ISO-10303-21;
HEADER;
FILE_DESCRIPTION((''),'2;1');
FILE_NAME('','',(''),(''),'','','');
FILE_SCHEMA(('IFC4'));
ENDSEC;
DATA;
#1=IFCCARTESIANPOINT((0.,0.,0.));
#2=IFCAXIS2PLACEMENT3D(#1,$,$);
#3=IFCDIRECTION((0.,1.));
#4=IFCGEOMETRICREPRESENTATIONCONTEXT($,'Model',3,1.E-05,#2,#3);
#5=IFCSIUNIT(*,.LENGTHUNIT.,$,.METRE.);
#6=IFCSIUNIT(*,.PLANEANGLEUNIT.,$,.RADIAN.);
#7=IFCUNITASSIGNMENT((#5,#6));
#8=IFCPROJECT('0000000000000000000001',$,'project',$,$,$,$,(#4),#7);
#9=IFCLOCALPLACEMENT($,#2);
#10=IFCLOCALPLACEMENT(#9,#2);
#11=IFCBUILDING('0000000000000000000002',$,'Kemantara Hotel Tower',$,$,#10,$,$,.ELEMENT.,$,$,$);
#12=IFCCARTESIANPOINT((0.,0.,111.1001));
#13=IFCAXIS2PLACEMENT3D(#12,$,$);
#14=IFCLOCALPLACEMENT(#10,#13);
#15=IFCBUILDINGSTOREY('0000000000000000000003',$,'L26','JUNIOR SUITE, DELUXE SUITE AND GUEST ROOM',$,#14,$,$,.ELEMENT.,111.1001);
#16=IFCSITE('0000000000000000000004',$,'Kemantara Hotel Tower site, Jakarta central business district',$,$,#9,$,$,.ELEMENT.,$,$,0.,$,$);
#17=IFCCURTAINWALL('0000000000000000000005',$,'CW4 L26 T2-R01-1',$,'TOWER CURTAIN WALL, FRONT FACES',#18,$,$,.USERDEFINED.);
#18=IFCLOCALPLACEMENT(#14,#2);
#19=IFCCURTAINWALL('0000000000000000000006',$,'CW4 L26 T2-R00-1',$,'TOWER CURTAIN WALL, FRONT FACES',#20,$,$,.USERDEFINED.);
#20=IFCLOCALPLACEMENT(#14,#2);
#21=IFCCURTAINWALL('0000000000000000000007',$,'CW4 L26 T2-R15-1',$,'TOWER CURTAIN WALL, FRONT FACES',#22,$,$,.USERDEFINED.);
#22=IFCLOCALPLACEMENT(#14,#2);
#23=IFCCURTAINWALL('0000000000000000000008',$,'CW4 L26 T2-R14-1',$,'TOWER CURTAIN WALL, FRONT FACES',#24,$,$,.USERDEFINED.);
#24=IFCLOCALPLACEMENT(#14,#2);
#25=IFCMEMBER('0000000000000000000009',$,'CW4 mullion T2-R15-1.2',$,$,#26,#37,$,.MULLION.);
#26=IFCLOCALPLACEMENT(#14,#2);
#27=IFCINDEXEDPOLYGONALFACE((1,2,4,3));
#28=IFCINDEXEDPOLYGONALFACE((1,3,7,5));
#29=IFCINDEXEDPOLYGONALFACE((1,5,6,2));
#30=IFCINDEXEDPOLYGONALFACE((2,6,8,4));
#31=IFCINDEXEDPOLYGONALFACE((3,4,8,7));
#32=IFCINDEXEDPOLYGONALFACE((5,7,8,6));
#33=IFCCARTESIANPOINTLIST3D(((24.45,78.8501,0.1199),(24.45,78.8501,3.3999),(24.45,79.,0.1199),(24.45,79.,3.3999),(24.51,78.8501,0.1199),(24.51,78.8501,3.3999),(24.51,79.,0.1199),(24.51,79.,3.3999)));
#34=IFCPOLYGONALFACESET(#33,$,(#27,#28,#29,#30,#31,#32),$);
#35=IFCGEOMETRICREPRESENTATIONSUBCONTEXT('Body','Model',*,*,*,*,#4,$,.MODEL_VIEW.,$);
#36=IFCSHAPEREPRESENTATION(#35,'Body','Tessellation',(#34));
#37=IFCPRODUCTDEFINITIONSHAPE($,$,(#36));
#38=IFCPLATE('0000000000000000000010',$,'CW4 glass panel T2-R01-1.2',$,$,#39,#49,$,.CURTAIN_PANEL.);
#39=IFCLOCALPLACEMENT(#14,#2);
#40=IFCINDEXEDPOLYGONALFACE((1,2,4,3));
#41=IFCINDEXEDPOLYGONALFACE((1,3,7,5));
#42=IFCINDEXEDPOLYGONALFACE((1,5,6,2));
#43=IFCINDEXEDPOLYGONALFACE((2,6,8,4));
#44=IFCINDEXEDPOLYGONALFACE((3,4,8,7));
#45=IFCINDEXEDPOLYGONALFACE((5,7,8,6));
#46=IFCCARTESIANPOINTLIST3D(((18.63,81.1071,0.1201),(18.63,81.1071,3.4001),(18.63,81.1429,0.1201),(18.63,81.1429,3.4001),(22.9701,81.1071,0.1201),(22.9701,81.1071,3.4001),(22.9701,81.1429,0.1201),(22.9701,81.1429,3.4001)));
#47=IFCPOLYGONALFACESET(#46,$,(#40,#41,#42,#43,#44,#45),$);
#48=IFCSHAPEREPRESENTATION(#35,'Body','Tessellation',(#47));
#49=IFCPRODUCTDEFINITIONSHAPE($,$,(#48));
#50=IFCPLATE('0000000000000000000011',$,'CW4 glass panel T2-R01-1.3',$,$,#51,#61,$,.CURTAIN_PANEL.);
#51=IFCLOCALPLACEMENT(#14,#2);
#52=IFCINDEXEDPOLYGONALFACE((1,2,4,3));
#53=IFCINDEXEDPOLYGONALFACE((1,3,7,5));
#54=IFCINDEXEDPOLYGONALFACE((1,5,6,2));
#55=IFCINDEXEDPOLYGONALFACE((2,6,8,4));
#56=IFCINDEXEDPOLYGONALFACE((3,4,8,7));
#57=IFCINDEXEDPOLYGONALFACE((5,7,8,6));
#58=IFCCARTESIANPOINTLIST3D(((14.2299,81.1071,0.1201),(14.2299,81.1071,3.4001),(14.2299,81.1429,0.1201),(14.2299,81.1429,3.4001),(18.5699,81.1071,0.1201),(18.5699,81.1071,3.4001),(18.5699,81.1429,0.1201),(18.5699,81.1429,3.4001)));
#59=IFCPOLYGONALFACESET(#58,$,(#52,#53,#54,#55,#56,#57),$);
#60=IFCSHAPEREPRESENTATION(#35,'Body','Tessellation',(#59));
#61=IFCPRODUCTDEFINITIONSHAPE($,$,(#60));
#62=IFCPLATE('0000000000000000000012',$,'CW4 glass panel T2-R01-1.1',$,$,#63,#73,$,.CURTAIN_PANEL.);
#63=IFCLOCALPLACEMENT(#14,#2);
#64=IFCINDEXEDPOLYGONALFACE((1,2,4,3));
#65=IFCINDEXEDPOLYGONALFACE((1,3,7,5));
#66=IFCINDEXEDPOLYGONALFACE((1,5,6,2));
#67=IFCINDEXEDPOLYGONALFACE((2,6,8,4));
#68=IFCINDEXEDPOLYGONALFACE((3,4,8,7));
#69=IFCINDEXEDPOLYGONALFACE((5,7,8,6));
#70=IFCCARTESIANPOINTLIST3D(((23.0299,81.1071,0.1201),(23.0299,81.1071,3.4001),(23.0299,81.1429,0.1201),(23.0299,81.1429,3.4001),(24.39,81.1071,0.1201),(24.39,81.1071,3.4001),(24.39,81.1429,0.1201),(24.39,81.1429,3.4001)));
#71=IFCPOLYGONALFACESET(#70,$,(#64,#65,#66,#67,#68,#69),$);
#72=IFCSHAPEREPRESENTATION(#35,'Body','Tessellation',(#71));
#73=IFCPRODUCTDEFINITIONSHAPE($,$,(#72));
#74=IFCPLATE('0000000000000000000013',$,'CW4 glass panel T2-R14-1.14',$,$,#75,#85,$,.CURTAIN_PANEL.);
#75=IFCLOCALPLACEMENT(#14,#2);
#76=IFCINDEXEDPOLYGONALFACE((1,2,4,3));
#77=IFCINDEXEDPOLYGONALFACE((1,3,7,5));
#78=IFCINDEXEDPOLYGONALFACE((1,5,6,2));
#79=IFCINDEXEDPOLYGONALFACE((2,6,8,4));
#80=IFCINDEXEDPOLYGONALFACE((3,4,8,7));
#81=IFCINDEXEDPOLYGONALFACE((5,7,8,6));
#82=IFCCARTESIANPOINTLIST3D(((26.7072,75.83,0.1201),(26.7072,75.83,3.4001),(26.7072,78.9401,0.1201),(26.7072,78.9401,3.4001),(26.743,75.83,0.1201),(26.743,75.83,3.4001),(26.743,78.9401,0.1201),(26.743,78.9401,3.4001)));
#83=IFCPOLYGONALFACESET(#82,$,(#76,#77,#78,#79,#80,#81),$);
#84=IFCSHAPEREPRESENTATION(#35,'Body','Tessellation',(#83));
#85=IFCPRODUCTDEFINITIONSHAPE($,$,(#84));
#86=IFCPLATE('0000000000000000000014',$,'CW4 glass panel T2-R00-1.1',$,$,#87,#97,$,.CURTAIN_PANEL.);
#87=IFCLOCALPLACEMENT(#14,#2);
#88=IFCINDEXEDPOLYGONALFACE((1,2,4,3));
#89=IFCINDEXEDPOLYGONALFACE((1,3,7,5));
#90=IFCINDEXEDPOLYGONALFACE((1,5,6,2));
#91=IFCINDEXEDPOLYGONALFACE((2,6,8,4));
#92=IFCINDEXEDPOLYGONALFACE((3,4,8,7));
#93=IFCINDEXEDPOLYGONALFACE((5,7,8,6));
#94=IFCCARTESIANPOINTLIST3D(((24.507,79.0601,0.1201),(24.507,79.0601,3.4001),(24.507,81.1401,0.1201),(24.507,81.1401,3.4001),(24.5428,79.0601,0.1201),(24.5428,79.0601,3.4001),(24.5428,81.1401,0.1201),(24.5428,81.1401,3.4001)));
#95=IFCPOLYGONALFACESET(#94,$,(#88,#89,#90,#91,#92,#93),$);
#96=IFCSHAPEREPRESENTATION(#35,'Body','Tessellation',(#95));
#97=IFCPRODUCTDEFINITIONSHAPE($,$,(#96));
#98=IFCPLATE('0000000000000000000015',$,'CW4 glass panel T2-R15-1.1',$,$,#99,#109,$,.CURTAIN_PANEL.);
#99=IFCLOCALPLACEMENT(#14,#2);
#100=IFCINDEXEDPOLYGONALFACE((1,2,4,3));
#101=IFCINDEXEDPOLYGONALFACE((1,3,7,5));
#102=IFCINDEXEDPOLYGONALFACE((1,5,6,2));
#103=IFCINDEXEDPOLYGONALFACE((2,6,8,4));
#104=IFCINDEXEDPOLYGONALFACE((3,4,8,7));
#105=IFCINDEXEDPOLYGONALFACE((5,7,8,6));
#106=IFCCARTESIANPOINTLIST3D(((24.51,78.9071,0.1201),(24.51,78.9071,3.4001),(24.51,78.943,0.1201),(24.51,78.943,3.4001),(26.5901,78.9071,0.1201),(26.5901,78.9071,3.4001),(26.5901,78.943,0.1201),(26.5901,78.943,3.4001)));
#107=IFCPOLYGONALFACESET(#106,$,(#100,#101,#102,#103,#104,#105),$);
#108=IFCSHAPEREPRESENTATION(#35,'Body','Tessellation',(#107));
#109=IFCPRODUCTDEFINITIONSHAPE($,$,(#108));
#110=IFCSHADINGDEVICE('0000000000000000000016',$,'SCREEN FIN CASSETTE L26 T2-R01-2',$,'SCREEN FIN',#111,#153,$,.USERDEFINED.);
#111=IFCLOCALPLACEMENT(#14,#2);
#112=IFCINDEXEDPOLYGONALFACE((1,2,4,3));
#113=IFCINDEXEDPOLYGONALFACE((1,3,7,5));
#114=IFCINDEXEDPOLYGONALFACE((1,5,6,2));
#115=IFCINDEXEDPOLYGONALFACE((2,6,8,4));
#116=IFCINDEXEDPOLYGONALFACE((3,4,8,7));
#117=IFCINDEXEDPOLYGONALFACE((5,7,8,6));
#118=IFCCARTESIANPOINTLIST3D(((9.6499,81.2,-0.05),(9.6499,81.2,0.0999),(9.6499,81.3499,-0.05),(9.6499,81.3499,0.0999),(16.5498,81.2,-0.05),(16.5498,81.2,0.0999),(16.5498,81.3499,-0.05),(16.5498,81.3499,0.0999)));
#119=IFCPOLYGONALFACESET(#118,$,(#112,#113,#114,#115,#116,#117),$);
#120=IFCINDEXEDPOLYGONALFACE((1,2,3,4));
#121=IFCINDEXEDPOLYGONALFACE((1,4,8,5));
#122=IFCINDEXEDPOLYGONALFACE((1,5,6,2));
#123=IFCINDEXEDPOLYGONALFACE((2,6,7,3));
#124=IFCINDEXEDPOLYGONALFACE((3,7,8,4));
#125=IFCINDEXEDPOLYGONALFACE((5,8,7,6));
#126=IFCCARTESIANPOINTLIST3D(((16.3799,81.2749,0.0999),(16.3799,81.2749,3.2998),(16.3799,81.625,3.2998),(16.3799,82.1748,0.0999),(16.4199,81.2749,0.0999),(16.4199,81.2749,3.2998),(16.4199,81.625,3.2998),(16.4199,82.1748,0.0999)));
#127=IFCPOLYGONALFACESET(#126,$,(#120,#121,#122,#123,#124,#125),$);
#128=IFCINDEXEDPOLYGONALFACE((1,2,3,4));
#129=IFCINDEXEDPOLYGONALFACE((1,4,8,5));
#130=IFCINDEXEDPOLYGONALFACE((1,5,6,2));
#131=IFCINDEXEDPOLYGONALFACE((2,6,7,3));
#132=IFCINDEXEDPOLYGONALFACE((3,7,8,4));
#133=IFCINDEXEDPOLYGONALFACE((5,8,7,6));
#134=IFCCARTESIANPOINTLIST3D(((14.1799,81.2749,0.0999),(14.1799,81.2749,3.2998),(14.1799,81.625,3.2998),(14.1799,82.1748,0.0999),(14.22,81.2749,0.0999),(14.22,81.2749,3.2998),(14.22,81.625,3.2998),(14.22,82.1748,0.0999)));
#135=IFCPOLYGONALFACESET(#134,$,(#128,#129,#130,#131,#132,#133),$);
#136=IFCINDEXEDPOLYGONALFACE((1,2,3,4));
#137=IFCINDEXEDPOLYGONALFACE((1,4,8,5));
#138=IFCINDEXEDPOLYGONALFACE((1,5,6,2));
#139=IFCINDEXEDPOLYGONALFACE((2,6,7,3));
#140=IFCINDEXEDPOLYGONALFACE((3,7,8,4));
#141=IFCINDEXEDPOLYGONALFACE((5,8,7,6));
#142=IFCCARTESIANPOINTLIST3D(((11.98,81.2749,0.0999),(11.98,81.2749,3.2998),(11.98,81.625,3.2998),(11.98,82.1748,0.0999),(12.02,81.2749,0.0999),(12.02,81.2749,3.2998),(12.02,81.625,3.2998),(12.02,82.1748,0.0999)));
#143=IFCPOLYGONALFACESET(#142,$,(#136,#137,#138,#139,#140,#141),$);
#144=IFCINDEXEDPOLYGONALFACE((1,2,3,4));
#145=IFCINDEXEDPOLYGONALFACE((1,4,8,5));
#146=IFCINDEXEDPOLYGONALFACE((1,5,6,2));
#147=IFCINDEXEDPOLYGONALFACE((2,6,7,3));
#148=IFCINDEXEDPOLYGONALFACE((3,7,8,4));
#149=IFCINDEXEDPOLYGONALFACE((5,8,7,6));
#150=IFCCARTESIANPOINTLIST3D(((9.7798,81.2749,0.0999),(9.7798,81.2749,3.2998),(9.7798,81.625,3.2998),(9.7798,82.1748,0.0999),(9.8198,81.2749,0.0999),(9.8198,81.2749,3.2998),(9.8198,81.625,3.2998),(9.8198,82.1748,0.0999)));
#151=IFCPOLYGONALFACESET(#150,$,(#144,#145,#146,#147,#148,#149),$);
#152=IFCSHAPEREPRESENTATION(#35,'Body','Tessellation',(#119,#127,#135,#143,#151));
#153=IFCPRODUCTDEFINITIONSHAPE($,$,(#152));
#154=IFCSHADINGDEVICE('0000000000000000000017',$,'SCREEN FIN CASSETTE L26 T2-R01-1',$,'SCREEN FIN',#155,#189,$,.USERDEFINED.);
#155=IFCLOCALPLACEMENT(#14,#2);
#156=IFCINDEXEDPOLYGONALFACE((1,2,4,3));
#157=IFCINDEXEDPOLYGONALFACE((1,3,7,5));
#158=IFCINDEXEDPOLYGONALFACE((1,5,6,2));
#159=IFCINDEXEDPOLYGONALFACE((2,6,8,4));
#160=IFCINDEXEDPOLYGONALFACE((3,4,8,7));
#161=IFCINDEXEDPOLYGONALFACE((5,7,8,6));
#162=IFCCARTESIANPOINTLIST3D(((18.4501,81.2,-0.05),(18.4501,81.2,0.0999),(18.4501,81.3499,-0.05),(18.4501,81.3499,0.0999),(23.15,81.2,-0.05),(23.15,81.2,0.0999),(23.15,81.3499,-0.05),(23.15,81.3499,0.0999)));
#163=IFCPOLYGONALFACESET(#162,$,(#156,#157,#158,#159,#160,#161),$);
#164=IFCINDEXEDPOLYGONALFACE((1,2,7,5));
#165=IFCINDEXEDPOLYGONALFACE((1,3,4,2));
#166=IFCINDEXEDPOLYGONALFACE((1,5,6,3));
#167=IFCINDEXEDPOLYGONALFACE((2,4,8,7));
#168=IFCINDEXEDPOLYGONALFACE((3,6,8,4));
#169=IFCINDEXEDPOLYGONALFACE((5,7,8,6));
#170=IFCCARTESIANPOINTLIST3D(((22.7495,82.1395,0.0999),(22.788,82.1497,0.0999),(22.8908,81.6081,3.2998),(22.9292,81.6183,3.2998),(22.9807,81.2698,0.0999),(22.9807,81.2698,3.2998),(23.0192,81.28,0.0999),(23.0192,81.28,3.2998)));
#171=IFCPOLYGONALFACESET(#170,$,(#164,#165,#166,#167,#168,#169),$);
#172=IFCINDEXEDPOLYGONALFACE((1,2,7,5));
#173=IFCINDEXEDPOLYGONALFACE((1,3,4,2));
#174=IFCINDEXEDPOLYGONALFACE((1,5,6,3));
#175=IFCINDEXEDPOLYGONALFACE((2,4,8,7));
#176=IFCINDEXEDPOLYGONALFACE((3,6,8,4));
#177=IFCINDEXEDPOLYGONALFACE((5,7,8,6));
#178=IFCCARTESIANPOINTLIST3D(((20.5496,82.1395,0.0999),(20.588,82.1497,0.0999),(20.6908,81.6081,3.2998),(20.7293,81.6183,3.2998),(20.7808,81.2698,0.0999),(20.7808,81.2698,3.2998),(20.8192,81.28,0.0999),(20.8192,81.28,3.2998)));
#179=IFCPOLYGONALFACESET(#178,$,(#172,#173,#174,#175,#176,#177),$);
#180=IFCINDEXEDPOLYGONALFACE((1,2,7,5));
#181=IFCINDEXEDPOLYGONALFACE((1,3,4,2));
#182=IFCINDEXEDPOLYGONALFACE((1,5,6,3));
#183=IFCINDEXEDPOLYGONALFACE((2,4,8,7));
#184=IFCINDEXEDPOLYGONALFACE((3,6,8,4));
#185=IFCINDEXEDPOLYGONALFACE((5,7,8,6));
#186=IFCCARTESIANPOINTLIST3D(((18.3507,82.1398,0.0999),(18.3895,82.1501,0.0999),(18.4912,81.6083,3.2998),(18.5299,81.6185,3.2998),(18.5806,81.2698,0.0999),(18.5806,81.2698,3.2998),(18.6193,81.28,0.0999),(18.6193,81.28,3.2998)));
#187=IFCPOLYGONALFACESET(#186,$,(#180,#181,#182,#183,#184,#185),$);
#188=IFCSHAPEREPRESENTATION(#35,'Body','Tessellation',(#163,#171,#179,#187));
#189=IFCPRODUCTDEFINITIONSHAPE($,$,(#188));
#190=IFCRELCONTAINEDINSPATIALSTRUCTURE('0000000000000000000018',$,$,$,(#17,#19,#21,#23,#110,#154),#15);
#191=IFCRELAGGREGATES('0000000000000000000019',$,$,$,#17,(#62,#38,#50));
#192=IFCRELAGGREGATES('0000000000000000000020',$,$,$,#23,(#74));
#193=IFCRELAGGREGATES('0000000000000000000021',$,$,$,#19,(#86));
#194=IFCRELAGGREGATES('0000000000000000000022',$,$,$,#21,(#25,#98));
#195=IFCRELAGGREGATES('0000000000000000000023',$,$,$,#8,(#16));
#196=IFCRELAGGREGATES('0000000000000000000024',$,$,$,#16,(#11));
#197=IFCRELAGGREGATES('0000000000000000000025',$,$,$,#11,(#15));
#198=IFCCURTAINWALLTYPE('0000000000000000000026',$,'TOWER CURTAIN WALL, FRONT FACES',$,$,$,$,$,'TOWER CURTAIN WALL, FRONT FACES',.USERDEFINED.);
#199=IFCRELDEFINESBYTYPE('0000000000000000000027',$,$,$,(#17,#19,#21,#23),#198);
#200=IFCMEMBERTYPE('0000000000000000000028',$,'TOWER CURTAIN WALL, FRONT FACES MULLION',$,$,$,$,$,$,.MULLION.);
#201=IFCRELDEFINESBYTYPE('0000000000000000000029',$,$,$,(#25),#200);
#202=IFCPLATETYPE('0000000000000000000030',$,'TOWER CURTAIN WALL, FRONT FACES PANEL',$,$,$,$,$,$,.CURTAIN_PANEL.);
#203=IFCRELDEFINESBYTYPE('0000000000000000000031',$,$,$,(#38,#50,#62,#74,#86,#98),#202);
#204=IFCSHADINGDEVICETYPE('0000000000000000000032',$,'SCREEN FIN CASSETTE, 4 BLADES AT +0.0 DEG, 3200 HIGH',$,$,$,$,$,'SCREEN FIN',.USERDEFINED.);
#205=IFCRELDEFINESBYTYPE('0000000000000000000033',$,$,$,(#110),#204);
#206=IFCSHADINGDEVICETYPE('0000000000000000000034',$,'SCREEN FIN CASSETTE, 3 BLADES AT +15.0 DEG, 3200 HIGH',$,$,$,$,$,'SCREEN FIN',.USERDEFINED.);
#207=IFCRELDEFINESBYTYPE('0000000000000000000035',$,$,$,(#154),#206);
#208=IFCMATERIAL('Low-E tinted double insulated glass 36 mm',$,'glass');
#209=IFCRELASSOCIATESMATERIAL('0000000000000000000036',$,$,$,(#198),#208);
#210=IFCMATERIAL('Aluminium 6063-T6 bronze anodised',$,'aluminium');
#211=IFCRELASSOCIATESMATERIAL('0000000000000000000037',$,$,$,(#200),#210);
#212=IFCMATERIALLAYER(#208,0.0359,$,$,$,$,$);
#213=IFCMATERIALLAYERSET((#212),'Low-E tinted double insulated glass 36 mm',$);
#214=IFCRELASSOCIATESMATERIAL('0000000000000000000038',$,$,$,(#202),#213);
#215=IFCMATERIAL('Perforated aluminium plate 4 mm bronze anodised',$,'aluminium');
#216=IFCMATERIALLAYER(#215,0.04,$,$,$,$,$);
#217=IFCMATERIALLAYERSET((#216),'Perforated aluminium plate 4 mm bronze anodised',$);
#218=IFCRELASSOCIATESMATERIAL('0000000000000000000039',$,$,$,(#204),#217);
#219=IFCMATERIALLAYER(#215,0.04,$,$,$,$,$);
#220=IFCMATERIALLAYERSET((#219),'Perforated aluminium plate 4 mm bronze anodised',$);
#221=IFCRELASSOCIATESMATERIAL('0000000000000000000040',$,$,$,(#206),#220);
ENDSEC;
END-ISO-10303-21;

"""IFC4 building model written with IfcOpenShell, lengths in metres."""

from ifc_helpers import new_model, si_unit, direction, frame, origin, origin_2d, place, context, subcontext, project, spatial, polyline, rectangle, outline, extrude, source, transform, mapped, material, layer, layer_set, material_profile, profile_set, type_object, element, aggregate, save


model = new_model("IFC4")

# Units and contexts
model_context = context("Model", 3, precision=1e-05, world=origin(), true_north=direction((0.0, 1.0)))
body_context = subcontext(model_context, "Body", "Model", "MODEL_VIEW")
ifc_project = project(units=[si_unit("LENGTHUNIT", "METRE"), si_unit("PLANEANGLEUNIT", "RADIAN")], contexts=[model_context])

# Site, building, storey
site_placement = place(None, origin())
site = spatial("IfcSite", under=ifc_project, at=site_placement, Name="Kemantara Hotel Tower site, Jakarta central business district", CompositionType="ELEMENT", RefElevation=0.0)
building_placement = place(site_placement, origin())
building = spatial("IfcBuilding", under=site, at=building_placement, Name="Kemantara Hotel Tower", CompositionType="ELEMENT")
storey_placement = place(building_placement, frame((0.0, 0.0, 111.1001)))
storey = spatial("IfcBuildingStorey", under=building, at=storey_placement, Name="L26", Description="JUNIOR SUITE, DELUXE SUITE AND GUEST ROOM", CompositionType="ELEMENT", Elevation=111.1001)

# Curtain walls
ifc_material_1 = material(Name="Low-E tinted double insulated glass 36 mm", Category="glass")
curtain_wall_type = type_object("IfcCurtainWallType", Name="TOWER CURTAIN WALL, FRONT FACES", ElementType="TOWER CURTAIN WALL, FRONT FACES", PredefinedType="USERDEFINED", material=ifc_material_1)
curtain_wall_1_placement = place(storey_placement, origin())
curtain_wall_1 = element("IfcCurtainWall", 1, at=curtain_wall_1_placement, inside=storey, type_object=curtain_wall_type, Name="CW4 L26 T2-R01-1", ObjectType="TOWER CURTAIN WALL, FRONT FACES", PredefinedType="USERDEFINED")
ifc_material_2 = material(Name="Aluminium 6063-T6 bronze anodised", Category="aluminium")
curtain_wall_2_placement = place(storey_placement, origin())
curtain_wall_2 = element("IfcCurtainWall", 2, at=curtain_wall_2_placement, inside=storey, type_object=curtain_wall_type, Name="CW4 L26 T2-R00-1", ObjectType="TOWER CURTAIN WALL, FRONT FACES", PredefinedType="USERDEFINED")
curtain_wall_3_placement = place(storey_placement, origin())
curtain_wall_3 = element("IfcCurtainWall", 3, at=curtain_wall_3_placement, inside=storey, type_object=curtain_wall_type, Name="CW4 L26 T2-R15-1", ObjectType="TOWER CURTAIN WALL, FRONT FACES", PredefinedType="USERDEFINED")

# Shared definitions
ifc_material_profile_1 = material_profile(ifc_material_2, rectangle(XDim=0.1499, YDim=0.0601, at=origin_2d()), Name="TOWER CURTAIN WALL, FRONT FACES MULLION")
ifc_profile_set_1 = profile_set([ifc_material_profile_1], Name="Aluminium 6063-T6 bronze anodised")
member_type_1 = type_object("IfcMemberType", Name="TOWER CURTAIN WALL, FRONT FACES MULLION", PredefinedType="MULLION", material=ifc_profile_set_1)
shared_shape_1 = source(origin(), body_context, "Body", "SweptSolid", [
    extrude(rectangle(XDim=0.1499, YDim=0.0601, at=origin_2d()), origin(), (0.0, 0.0, 1.0), 3.28),
])

# Curtain wall
curtain_wall_4_placement = place(storey_placement, origin())
curtain_wall_4 = element("IfcCurtainWall", 4, at=curtain_wall_4_placement, inside=storey, type_object=curtain_wall_type, Name="CW4 L26 T2-R14-1", ObjectType="TOWER CURTAIN WALL, FRONT FACES", PredefinedType="USERDEFINED")

# Member
member_1_placement = place(storey_placement, frame((24.48, 78.925, 0.1199), z_axis=(0.0, 0.0, 1.0), x_axis=(0.0, -1.0, 0.0)))
member_1 = element("IfcMember", 5, at=member_1_placement, type_object=member_type_1, Name="CW4 mullion T2-R15-1.2", PredefinedType="MULLION", context=body_context, shape_type="MappedRepresentation", body=[
    mapped(shared_shape_1, transform((0.0, 0.0, 0.0))),
])

# Plates
ifc_layer_1 = layer(ifc_material_1, 0.0359)
ifc_layer_set_1 = layer_set([ifc_layer_1], Name="Low-E tinted double insulated glass 36 mm")
plate_type = type_object("IfcPlateType", Name="TOWER CURTAIN WALL, FRONT FACES PANEL", PredefinedType="CURTAIN_PANEL", material=ifc_layer_set_1)
shared_shape_2 = source(origin(), body_context, "Body", "SweptSolid", [
    extrude(rectangle(XDim=4.3401, YDim=0.0359, at=origin_2d()), origin(), (0.0, 0.0, 1.0), 3.28),
])
plate_1_placement = place(storey_placement, frame((20.8, 81.125, 0.1201), z_axis=(0.0, 0.0, 1.0), x_axis=(-1.0, 0.0, 0.0)))
plate_1 = element("IfcPlate", 6, at=plate_1_placement, type_object=plate_type, Name="CW4 glass panel T2-R01-1.2", PredefinedType="CURTAIN_PANEL", context=body_context, shape_type="MappedRepresentation", body=[
    mapped(shared_shape_2, transform((0.0, 0.0, 0.0))),
])
plate_2_placement = place(storey_placement, frame((16.3999, 81.125, 0.1201), z_axis=(0.0, 0.0, 1.0), x_axis=(-1.0, 0.0, 0.0)))
plate_2 = element("IfcPlate", 7, at=plate_2_placement, type_object=plate_type, Name="CW4 glass panel T2-R01-1.3", PredefinedType="CURTAIN_PANEL", context=body_context, shape_type="MappedRepresentation", body=[
    mapped(shared_shape_2, transform((0.0, 0.0, 0.0))),
])
shared_shape_3 = source(origin(), body_context, "Body", "SweptSolid", [
    extrude(rectangle(XDim=1.3601, YDim=0.0359, at=origin_2d()), origin(), (0.0, 0.0, 1.0), 3.28),
])
plate_3_placement = place(storey_placement, frame((23.71, 81.125, 0.1201), z_axis=(0.0, 0.0, 1.0), x_axis=(-1.0, 0.0, 0.0)))
plate_3 = element("IfcPlate", 8, at=plate_3_placement, type_object=plate_type, Name="CW4 glass panel T2-R01-1.1", PredefinedType="CURTAIN_PANEL", context=body_context, shape_type="MappedRepresentation", body=[
    mapped(shared_shape_3, transform((0.0, 0.0, 0.0))),
])
aggregate(curtain_wall_1, [plate_3, plate_1, plate_2])
shared_shape_4 = source(origin(), body_context, "Body", "SweptSolid", [
    extrude(rectangle(XDim=3.1101, YDim=0.0359, at=origin_2d()), origin(), (0.0, 0.0, 1.0), 3.28),
])
plate_4_placement = place(storey_placement, frame((26.7251, 77.385, 0.1201), z_axis=(0.0, 0.0, 1.0), x_axis=(0.0, 1.0, 0.0)))
plate_4 = element("IfcPlate", 9, at=plate_4_placement, type_object=plate_type, Name="CW4 glass panel T2-R14-1.14", PredefinedType="CURTAIN_PANEL", context=body_context, shape_type="MappedRepresentation", body=[
    mapped(shared_shape_4, transform((0.0, 0.0, 0.0))),
])
aggregate(curtain_wall_4, [plate_4])
shared_shape_5 = source(origin(), body_context, "Body", "SweptSolid", [
    extrude(rectangle(XDim=2.0801, YDim=0.0359, at=origin_2d()), origin(), (0.0, 0.0, 1.0), 3.28),
])
plate_5_placement = place(storey_placement, frame((24.5249, 80.1001, 0.1201), z_axis=(0.0, 0.0, 1.0), x_axis=(0.0, 1.0, 0.0)))
plate_5 = element("IfcPlate", 10, at=plate_5_placement, type_object=plate_type, Name="CW4 glass panel T2-R00-1.1", PredefinedType="CURTAIN_PANEL", context=body_context, shape_type="MappedRepresentation", body=[
    mapped(shared_shape_5, transform((0.0, 0.0, 0.0))),
])
aggregate(curtain_wall_2, [plate_5])
plate_6_placement = place(storey_placement, frame((25.55, 78.925, 0.1201), z_axis=(0.0, 0.0, 1.0), x_axis=(-1.0, 0.0, 0.0)))
plate_6 = element("IfcPlate", 11, at=plate_6_placement, type_object=plate_type, Name="CW4 glass panel T2-R15-1.1", PredefinedType="CURTAIN_PANEL", context=body_context, shape_type="MappedRepresentation", body=[
    mapped(shared_shape_5, transform((0.0, 0.0, 0.0))),
])
aggregate(curtain_wall_3, [member_1, plate_6])

# Shading devices
ifc_material_3 = material(Name="Perforated aluminium plate 4 mm bronze anodised", Category="aluminium")
ifc_layer_2 = layer(ifc_material_3, 0.04)
ifc_layer_set_2 = layer_set([ifc_layer_2], Name="Perforated aluminium plate 4 mm bronze anodised")
shading_device_type_1 = type_object("IfcShadingDeviceType", Name="SCREEN FIN CASSETTE, 4 BLADES AT +0.0 DEG, 3200 HIGH", ElementType="SCREEN FIN", PredefinedType="USERDEFINED", material=ifc_layer_set_2)
shared_shape_6 = source(origin(), body_context, "Body", "SweptSolid", [
    extrude(rectangle(XDim=6.8999, YDim=0.1499, at=origin_2d()), frame((3.3, -0.075, -0.1499), z_axis=(0.0, 0.0, 1.0), x_axis=(1.0, 0.0, 0.0)), (0.0, 0.0, 1.0), 0.1499),
    extrude(outline(polyline([(0.0, 0.0), (0.8999, 0.0), (0.3501, 3.2), (0.0, 3.2), (0.0, 0.0)])), frame((0.02, -0.075, 0.0), z_axis=(-1.0, 0.0, 0.0), x_axis=(0.0, -1.0, 0.0)), (0.0, 0.0, 1.0), 0.04),
    extrude(outline(polyline([(0.0, 0.0), (0.8999, 0.0), (0.3501, 3.2), (0.0, 3.2), (0.0, 0.0)])), frame((2.22, -0.075, 0.0), z_axis=(-1.0, 0.0, 0.0), x_axis=(0.0, -1.0, 0.0)), (0.0, 0.0, 1.0), 0.04),
    extrude(outline(polyline([(0.0, 0.0), (0.8999, 0.0), (0.3501, 3.2), (0.0, 3.2), (0.0, 0.0)])), frame((4.4199, -0.075, 0.0), z_axis=(-1.0, 0.0, 0.0), x_axis=(0.0, -1.0, 0.0)), (0.0, 0.0, 1.0), 0.04),
    extrude(outline(polyline([(0.0, 0.0), (0.8999, 0.0), (0.3501, 3.2), (0.0, 3.2), (0.0, 0.0)])), frame((6.6201, -0.075, 0.0), z_axis=(-1.0, 0.0, 0.0), x_axis=(0.0, -1.0, 0.0)), (0.0, 0.0, 1.0), 0.04),
])
shading_device_1_placement = place(storey_placement, frame((16.3999, 81.2, 0.0999), z_axis=(0.0, 0.0, 1.0), x_axis=(-1.0, 0.0, 0.0)))
element("IfcShadingDevice", 12, at=shading_device_1_placement, inside=storey, type_object=shading_device_type_1, Name="SCREEN FIN CASSETTE L26 T2-R01-2", ObjectType="SCREEN FIN", PredefinedType="USERDEFINED", context=body_context, shape_type="MappedRepresentation", body=[
    mapped(shared_shape_6, transform((0.0, 0.0, 0.0))),
])
ifc_layer_3 = layer(ifc_material_3, 0.04)
ifc_layer_set_3 = layer_set([ifc_layer_3], Name="Perforated aluminium plate 4 mm bronze anodised")
shading_device_type_2 = type_object("IfcShadingDeviceType", Name="SCREEN FIN CASSETTE, 3 BLADES AT +15.0 DEG, 3200 HIGH", ElementType="SCREEN FIN", PredefinedType="USERDEFINED", material=ifc_layer_set_3)
shared_shape_7 = source(origin(), body_context, "Body", "SweptSolid", [
    extrude(rectangle(XDim=4.7, YDim=0.1499, at=origin_2d()), frame((2.2, -0.075, -0.1499), z_axis=(0.0, 0.0, 1.0), x_axis=(1.0, 0.0, 0.0)), (0.0, 0.0, 1.0), 0.1499),
    extrude(outline(polyline([(0.0, 0.0), (0.8999, 0.0), (0.3501, 3.2), (0.0, 3.2), (0.0, 0.0)])), frame((0.0193, -0.0698, 0.0), z_axis=(-0.966438, -0.256901, 0.0), x_axis=(0.256901, -0.966438, 0.0)), (0.0, 0.0, 1.0), 0.0398),
    extrude(outline(polyline([(0.0, 0.0), (0.8999, 0.0), (0.3501, 3.2), (0.0, 3.2), (0.0, 0.0)])), frame((2.2192, -0.0698, 0.0), z_axis=(-0.966438, -0.256901, 0.0), x_axis=(0.256901, -0.966438, 0.0)), (0.0, 0.0, 1.0), 0.0398),
    extrude(outline(polyline([(0.0, 0.0), (0.8999, 0.0), (0.3501, 3.2), (0.0, 3.2), (0.0, 0.0)])), frame((4.4194, -0.0698, 0.0), z_axis=(-0.966838, -0.255391, 0.0), x_axis=(0.255391, -0.966838, 0.0)), (0.0, 0.0, 1.0), 0.04),
])
shading_device_2_placement = place(storey_placement, frame((23.0, 81.2, 0.0999), z_axis=(0.0, 0.0, 1.0), x_axis=(-1.0, 0.0, 0.0)))
element("IfcShadingDevice", 13, at=shading_device_2_placement, inside=storey, type_object=shading_device_type_2, Name="SCREEN FIN CASSETTE L26 T2-R01-1", ObjectType="SCREEN FIN", PredefinedType="USERDEFINED", context=body_context, shape_type="MappedRepresentation", body=[
    mapped(shared_shape_7, transform((0.0, 0.0, 0.0))),
])

save(model, "model.ifc")
